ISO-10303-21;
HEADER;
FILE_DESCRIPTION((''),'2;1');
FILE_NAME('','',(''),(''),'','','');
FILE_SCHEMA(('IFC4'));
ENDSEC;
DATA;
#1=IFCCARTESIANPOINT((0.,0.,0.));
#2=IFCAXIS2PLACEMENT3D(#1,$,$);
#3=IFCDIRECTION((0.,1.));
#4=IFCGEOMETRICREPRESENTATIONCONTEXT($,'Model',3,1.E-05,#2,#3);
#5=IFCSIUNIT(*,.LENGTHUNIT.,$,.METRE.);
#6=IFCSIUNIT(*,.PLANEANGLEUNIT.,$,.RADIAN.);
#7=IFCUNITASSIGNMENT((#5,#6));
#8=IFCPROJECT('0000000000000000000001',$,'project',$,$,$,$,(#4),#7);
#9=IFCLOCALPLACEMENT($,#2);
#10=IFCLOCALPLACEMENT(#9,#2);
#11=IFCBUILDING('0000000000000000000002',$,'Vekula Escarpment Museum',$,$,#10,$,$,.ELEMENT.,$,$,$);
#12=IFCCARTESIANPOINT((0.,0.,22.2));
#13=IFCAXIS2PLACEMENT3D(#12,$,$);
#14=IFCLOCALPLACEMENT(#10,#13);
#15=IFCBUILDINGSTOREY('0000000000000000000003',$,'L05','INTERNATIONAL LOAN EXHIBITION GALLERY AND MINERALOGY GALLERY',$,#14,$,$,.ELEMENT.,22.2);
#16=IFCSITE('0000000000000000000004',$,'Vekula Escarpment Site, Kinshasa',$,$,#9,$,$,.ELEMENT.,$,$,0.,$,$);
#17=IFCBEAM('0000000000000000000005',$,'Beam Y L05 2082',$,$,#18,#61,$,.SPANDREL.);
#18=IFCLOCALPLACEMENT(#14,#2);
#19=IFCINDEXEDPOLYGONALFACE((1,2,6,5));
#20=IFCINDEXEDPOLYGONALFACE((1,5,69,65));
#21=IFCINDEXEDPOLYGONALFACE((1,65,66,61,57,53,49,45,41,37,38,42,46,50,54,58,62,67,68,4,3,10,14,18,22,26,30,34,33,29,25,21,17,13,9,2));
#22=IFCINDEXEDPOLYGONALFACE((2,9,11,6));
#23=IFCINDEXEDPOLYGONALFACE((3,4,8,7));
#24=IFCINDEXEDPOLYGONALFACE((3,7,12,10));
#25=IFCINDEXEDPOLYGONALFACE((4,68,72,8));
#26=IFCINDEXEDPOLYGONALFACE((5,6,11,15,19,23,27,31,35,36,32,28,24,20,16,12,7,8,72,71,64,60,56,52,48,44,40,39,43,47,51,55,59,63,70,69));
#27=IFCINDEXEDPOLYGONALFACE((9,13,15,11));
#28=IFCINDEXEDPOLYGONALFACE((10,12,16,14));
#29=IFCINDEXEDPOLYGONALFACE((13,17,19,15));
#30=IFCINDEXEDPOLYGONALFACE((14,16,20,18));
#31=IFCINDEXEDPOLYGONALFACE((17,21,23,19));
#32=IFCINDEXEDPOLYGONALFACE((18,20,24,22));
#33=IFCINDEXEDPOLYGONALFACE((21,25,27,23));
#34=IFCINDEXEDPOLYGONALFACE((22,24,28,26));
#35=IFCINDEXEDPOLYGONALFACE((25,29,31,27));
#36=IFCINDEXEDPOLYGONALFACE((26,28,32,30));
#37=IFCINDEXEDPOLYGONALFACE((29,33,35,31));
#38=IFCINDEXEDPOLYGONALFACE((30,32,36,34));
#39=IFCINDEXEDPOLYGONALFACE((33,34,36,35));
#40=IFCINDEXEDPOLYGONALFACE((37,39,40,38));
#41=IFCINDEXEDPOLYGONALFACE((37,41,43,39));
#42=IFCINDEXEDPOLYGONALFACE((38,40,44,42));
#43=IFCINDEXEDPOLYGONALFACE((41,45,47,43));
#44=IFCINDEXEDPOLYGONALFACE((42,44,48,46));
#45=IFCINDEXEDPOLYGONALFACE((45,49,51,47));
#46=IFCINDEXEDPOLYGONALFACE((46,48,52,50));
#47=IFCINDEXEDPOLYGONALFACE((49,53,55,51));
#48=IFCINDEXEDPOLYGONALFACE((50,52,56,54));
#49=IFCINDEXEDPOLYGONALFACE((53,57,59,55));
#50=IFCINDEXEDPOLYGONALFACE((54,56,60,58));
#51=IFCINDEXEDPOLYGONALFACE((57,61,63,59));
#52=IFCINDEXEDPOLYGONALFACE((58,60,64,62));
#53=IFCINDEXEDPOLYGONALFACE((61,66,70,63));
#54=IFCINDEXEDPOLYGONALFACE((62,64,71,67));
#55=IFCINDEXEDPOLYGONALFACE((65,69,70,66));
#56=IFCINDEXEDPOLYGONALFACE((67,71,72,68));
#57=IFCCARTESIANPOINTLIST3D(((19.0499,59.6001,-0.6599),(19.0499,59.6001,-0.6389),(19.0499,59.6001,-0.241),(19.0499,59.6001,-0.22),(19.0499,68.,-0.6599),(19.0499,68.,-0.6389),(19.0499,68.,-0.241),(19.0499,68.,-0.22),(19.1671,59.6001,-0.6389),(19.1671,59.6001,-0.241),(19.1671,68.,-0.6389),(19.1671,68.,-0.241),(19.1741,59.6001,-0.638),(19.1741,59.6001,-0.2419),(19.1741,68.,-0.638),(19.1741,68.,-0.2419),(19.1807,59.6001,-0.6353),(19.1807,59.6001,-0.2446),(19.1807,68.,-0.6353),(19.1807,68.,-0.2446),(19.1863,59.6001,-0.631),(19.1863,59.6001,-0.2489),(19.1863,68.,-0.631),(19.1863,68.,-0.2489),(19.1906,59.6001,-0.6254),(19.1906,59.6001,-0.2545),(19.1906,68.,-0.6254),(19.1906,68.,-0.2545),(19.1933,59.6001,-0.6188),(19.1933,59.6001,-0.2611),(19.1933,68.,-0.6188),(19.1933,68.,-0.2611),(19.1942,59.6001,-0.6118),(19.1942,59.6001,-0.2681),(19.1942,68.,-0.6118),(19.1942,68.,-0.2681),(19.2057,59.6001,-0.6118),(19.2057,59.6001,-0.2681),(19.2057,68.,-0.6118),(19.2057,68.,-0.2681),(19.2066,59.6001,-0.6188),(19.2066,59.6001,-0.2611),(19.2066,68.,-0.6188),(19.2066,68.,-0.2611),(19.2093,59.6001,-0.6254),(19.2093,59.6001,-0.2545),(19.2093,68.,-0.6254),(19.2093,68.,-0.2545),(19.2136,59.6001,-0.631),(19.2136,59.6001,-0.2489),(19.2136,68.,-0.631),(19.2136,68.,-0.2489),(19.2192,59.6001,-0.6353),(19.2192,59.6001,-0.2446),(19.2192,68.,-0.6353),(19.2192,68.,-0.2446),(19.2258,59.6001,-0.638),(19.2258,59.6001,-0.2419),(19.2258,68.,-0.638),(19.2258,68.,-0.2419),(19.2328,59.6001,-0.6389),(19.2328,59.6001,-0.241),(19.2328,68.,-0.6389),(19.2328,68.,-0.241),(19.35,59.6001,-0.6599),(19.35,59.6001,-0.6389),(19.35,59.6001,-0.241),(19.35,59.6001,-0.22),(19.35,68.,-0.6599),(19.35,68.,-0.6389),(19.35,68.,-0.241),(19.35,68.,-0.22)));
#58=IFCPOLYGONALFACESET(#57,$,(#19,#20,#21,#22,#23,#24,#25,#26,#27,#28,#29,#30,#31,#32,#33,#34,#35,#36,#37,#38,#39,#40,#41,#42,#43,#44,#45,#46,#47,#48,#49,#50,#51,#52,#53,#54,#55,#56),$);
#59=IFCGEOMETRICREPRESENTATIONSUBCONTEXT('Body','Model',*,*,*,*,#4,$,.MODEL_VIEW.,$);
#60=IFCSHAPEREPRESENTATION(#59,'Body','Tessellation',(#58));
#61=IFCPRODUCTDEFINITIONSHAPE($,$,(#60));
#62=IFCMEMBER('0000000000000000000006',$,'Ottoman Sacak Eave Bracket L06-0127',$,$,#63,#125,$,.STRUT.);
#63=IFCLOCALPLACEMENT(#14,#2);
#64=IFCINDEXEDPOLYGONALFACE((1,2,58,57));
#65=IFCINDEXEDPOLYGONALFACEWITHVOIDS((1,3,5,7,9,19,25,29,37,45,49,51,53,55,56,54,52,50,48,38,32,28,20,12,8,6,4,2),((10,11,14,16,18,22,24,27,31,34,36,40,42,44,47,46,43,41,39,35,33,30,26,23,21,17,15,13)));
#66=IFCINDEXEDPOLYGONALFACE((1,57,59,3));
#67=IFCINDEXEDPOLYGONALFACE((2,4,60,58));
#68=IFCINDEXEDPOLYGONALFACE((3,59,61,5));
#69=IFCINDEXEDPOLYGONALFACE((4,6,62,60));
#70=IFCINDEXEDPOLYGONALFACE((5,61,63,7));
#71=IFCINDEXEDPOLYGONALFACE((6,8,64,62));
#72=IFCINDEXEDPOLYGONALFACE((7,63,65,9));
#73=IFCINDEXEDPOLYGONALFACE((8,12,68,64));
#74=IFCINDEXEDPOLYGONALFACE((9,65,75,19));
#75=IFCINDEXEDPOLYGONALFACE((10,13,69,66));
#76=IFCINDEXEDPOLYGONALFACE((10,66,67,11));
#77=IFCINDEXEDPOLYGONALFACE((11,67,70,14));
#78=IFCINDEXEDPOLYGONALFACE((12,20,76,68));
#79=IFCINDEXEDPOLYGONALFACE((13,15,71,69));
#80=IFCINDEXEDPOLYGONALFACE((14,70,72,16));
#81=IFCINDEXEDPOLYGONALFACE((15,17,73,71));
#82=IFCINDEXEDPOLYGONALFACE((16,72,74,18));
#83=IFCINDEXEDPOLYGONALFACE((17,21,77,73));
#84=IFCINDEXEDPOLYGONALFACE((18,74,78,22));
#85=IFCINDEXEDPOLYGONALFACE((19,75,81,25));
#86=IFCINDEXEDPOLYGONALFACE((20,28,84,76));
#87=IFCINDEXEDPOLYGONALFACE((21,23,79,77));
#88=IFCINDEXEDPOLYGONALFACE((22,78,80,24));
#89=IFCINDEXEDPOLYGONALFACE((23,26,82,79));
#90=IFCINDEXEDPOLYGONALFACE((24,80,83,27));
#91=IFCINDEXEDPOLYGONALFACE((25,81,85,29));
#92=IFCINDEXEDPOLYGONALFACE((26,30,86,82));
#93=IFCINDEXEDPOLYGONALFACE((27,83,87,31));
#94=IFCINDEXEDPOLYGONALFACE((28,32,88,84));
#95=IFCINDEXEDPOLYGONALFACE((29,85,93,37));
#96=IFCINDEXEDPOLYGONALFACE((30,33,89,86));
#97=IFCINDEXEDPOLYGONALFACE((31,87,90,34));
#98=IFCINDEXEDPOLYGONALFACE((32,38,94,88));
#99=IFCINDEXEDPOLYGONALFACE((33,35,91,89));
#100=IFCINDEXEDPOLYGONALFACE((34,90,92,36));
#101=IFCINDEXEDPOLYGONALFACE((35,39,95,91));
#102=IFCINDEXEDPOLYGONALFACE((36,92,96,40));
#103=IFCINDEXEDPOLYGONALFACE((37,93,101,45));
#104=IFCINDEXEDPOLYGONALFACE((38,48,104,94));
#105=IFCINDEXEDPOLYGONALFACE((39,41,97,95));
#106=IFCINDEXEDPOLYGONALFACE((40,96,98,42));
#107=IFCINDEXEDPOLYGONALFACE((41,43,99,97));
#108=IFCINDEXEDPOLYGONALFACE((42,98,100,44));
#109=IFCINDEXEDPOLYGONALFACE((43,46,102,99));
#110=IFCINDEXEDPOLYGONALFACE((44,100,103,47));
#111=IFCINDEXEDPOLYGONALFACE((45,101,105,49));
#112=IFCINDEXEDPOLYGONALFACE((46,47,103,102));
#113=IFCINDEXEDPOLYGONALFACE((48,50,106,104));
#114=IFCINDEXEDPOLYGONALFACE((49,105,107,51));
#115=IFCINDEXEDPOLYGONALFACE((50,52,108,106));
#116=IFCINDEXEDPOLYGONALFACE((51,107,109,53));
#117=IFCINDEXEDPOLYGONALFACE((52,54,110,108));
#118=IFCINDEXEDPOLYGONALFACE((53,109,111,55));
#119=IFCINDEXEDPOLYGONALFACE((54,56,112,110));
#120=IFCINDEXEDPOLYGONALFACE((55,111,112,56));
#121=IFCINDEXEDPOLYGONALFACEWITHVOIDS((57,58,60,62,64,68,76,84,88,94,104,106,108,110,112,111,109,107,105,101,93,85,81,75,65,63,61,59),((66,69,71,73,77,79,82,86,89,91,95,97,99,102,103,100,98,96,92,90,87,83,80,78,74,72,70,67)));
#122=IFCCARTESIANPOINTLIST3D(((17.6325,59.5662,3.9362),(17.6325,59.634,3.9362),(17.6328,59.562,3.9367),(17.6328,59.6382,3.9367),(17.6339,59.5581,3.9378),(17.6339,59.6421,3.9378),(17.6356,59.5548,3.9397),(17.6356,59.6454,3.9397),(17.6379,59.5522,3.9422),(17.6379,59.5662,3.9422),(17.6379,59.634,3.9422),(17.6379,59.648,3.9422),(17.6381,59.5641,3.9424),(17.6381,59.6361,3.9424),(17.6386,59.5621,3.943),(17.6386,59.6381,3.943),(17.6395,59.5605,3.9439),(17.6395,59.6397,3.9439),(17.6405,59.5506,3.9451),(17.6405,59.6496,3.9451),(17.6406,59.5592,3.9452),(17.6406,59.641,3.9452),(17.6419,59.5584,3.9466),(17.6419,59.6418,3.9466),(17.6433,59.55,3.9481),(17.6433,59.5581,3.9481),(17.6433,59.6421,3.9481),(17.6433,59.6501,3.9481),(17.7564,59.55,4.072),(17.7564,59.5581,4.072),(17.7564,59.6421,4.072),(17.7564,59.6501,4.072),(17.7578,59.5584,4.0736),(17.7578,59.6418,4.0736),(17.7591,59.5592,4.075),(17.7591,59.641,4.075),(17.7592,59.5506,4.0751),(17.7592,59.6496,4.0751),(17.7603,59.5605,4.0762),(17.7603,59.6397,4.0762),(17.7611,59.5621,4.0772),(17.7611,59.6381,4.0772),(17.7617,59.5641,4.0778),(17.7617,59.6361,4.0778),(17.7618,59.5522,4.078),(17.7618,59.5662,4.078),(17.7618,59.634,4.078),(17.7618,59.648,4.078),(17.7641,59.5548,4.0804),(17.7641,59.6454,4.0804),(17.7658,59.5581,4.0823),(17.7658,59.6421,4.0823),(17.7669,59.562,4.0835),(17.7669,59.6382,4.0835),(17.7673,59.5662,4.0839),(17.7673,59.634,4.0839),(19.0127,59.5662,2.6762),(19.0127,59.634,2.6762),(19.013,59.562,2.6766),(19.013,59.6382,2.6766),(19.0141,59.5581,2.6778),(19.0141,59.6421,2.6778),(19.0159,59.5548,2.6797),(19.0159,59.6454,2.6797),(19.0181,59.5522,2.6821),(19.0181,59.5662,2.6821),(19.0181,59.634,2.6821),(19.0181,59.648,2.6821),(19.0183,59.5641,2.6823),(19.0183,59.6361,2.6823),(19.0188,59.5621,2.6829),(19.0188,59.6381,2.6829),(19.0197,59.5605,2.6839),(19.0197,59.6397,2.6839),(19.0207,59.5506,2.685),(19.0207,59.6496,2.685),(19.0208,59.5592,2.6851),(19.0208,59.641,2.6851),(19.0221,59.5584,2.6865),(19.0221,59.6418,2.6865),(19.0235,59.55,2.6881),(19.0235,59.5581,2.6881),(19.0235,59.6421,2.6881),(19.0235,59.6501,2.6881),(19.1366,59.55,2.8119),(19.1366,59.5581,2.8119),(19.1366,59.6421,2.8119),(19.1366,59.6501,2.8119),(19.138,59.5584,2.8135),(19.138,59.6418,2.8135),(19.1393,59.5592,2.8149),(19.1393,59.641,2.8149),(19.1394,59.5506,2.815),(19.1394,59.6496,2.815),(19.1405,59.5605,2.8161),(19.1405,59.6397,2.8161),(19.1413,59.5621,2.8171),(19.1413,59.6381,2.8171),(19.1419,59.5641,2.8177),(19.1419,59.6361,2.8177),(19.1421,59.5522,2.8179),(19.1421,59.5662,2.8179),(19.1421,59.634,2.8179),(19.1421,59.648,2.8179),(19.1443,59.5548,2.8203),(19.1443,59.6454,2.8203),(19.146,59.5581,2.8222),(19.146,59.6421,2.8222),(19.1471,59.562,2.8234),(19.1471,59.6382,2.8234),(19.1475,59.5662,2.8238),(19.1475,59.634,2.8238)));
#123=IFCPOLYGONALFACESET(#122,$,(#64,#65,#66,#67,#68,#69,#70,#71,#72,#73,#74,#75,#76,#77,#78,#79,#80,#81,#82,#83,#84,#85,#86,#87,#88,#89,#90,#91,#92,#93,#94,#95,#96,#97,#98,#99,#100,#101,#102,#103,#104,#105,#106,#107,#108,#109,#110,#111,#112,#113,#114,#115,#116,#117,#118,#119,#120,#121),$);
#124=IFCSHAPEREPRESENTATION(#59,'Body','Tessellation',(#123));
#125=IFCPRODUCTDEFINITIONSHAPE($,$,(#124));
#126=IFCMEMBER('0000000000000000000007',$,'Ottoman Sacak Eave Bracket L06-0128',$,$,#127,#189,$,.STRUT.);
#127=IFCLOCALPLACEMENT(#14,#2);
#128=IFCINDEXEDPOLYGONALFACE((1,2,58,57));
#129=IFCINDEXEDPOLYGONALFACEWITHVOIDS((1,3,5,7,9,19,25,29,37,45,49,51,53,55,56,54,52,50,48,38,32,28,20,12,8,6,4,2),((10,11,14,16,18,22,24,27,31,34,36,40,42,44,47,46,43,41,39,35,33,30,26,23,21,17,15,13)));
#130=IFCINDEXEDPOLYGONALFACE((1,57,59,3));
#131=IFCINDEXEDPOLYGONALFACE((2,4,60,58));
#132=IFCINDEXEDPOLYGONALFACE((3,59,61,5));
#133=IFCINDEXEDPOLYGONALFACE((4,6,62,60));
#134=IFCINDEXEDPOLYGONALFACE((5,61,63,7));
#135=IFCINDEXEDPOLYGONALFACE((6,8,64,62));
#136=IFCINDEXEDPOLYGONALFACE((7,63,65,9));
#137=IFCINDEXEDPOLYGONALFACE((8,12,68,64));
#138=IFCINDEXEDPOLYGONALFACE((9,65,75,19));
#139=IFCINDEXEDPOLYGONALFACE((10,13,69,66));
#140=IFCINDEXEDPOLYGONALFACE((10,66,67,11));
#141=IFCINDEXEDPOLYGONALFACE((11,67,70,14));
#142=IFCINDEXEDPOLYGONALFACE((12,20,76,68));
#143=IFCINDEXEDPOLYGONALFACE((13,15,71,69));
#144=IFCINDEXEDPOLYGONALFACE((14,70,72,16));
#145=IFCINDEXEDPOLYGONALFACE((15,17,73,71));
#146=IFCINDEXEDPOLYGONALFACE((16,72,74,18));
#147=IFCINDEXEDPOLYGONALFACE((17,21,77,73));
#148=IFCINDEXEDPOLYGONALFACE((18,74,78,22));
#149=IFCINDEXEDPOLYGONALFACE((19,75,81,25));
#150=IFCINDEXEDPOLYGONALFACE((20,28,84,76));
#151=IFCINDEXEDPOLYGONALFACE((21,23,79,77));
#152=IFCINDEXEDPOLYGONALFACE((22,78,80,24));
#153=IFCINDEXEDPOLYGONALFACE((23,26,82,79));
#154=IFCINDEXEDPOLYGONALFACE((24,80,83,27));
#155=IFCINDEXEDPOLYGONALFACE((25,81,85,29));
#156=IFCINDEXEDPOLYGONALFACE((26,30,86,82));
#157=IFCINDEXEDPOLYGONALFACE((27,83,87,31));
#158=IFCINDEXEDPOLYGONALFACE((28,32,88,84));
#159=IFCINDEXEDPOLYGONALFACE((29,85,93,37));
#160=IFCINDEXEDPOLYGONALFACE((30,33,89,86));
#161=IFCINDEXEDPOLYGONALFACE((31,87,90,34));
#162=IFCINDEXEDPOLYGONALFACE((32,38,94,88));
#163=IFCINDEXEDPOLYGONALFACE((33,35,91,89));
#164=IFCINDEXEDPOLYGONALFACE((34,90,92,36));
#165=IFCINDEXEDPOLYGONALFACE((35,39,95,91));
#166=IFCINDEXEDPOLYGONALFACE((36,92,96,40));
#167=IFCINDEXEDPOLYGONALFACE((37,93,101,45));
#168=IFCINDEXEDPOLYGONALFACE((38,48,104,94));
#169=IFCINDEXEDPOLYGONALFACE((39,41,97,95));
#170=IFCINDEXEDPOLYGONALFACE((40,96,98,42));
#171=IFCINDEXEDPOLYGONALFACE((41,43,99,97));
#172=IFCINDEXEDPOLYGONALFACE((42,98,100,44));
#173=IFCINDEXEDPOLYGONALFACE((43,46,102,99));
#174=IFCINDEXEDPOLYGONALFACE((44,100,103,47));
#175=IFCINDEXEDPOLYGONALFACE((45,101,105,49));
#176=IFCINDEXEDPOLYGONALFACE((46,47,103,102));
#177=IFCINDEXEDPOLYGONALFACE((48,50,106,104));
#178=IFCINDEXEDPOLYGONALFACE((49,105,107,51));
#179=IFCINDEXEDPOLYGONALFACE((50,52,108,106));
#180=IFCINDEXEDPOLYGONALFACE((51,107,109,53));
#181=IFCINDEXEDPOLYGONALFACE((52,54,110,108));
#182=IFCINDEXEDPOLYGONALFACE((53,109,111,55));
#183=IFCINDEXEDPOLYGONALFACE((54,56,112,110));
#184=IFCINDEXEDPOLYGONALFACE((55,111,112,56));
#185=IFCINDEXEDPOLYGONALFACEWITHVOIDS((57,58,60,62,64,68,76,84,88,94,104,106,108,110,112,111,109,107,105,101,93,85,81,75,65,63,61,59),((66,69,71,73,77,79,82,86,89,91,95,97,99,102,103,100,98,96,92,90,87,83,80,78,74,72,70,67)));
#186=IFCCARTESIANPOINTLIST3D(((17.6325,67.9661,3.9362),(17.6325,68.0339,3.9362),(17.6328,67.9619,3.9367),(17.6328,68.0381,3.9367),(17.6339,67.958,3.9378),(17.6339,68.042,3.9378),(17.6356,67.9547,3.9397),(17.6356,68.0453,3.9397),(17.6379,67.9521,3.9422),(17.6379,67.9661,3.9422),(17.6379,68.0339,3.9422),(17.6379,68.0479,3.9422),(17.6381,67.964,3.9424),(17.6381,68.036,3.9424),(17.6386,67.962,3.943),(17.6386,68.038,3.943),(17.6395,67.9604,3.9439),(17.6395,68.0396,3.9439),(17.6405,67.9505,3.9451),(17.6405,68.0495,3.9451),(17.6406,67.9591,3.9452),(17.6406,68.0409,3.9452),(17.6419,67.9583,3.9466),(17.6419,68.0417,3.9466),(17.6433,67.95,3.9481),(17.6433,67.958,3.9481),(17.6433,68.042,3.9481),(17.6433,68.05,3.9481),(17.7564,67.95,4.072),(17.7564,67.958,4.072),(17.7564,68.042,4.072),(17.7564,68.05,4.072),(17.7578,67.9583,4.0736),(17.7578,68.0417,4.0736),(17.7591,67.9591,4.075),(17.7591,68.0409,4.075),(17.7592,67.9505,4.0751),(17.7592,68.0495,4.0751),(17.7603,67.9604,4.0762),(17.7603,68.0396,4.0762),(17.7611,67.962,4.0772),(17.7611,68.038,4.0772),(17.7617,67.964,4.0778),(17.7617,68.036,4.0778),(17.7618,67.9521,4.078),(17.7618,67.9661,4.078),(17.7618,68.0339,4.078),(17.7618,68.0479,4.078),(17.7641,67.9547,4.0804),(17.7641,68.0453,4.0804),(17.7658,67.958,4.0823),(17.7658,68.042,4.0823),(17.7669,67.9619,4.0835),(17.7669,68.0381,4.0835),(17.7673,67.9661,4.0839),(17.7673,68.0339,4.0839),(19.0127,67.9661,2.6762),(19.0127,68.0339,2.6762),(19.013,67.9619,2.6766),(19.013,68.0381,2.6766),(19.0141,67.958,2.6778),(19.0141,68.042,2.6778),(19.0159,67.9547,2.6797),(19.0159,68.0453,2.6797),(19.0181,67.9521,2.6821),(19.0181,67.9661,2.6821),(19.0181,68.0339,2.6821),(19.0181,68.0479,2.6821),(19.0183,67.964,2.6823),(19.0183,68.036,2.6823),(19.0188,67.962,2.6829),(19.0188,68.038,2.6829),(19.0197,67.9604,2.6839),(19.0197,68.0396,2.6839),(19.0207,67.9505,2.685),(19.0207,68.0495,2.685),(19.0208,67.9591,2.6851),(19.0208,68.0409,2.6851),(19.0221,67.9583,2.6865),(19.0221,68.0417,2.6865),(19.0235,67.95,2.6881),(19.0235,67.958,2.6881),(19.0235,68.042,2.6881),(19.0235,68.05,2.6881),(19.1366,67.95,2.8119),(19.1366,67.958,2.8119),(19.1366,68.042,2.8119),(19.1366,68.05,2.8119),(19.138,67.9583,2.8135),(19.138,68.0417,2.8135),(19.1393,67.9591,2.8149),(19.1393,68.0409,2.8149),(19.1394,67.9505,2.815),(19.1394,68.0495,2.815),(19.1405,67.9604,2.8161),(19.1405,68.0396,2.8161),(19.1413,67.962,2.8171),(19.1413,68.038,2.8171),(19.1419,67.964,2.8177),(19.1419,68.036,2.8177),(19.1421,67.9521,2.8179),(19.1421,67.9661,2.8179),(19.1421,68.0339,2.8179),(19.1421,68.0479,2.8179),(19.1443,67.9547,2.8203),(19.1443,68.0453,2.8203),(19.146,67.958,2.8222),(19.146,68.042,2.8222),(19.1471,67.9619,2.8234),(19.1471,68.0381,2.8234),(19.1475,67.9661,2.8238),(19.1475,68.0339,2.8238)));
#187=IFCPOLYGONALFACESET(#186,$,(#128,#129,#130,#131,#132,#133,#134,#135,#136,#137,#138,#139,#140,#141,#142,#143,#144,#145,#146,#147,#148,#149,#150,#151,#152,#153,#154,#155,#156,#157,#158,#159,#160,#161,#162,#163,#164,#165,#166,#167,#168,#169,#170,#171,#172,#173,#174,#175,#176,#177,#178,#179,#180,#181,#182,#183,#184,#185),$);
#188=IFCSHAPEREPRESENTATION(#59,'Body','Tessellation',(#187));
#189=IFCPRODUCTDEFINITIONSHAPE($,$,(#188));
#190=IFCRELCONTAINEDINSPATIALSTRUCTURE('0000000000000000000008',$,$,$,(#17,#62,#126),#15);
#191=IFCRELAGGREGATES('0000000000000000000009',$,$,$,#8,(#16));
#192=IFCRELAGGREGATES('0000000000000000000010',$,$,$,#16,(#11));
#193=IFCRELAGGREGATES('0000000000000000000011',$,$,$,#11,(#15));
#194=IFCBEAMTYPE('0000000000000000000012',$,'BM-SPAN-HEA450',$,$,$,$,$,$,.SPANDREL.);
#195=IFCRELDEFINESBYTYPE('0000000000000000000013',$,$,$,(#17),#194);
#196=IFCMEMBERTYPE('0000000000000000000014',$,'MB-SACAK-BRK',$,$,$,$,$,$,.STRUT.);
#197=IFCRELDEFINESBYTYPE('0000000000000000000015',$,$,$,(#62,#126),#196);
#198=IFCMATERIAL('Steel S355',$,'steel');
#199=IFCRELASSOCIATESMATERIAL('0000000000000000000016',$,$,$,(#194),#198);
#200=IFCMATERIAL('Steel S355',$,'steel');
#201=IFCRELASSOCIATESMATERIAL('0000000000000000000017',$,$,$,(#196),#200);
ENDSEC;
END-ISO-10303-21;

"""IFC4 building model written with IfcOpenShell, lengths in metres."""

from ifc_helpers import new_model, si_unit, direction, frame, origin, origin_2d, place, context, subcontext, project, spatial, hollow_rectangle, i_section, extrude, material, material_profile, profile_set, type_object, element, save


model = new_model("IFC4")

# Units and contexts
model_context = context("Model", 3, precision=1e-05, world=origin(), true_north=direction((0.0, 1.0)))
body_context = subcontext(model_context, "Body", "Model", "MODEL_VIEW")
ifc_project = project(units=[si_unit("LENGTHUNIT", "METRE"), si_unit("PLANEANGLEUNIT", "RADIAN")], contexts=[model_context])

# Site, building, storey
site_placement = place(None, origin())
site = spatial("IfcSite", under=ifc_project, at=site_placement, Name="Vekula Escarpment Site, Kinshasa", CompositionType="ELEMENT", RefElevation=0.0)
building_placement = place(site_placement, origin())
building = spatial("IfcBuilding", under=site, at=building_placement, Name="Vekula Escarpment Museum", CompositionType="ELEMENT")
storey_placement = place(building_placement, frame((0.0, 0.0, 22.2)))
storey = spatial("IfcBuildingStorey", under=building, at=storey_placement, Name="L05", Description="INTERNATIONAL LOAN EXHIBITION GALLERY AND MINERALOGY GALLERY", CompositionType="ELEMENT", Elevation=22.2)

# Beam
ifc_material_1 = material(Name="Steel S355", Category="steel")
ifc_material_profile_1 = material_profile(ifc_material_1, i_section(OverallWidth=0.3, OverallDepth=0.4399, WebThickness=0.0115, FlangeThickness=0.021, FilletRadius=0.0271, at=origin_2d()), Name="HEA 450")
ifc_profile_set_1 = profile_set([ifc_material_profile_1], Name="Steel S355")
beam_type_1 = type_object("IfcBeamType", Name="BM-SPAN-HEA450", PredefinedType="SPANDREL", material=ifc_profile_set_1)
for number, where, z_axis, x_axis, name in (
    (1, (19.2, 59.6001, -0.4399), (0.0, 1.0, 0.0), (-1.0, 0.0, 0.0), "Beam Y L05 2082"),
):
    element("IfcBeam", number, at=place(storey_placement, frame(where, z_axis=z_axis, x_axis=x_axis)), inside=storey, type_object=beam_type_1, Name=name, PredefinedType="SPANDREL", context=body_context, shape_type="SweptSolid", body=[
        extrude(i_section(OverallWidth=0.3, OverallDepth=0.4399, WebThickness=0.0115, FlangeThickness=0.021, FilletRadius=0.0271, at=origin_2d()), origin(), (0.0, 0.0, 1.0), 8.3999),
    ])

# Members
ifc_material_2 = material(Name="Steel S355", Category="steel")
ifc_material_profile_2 = material_profile(ifc_material_2, hollow_rectangle(XDim=0.1001, YDim=0.2, WallThickness=0.0081, InnerFilletRadius=0.0081, OuterFilletRadius=0.0161, at=origin_2d()), Name="RHS 200x100x8")
ifc_profile_set_2 = profile_set([ifc_material_profile_2], Name="Steel S355")
member_type = type_object("IfcMemberType", Name="MB-SACAK-BRK", PredefinedType="STRUT", material=ifc_profile_set_2)
for number, where, z_axis, x_axis, name in (
    (2, (19.0801, 59.6001, 2.75), (-0.738514, 0.0, 0.674238), (0.0, -1.0, 0.0), "Ottoman Sacak Eave Bracket L06-0127"),
    (3, (19.0801, 68.0, 2.75), (-0.738514, 0.0, 0.674238), (0.0, -1.0, 0.0), "Ottoman Sacak Eave Bracket L06-0128"),
):
    element("IfcMember", number, at=place(storey_placement, frame(where, z_axis=z_axis, x_axis=x_axis)), inside=storey, type_object=member_type, Name=name, PredefinedType="STRUT", context=body_context, shape_type="SweptSolid", body=[
        extrude(hollow_rectangle(XDim=0.1001, YDim=0.2, WallThickness=0.0081, InnerFilletRadius=0.0081, OuterFilletRadius=0.0161, at=origin_2d()), origin(), (0.0, 0.0, 1.0), 1.8689),
    ])

save(model, "model.ifc")
